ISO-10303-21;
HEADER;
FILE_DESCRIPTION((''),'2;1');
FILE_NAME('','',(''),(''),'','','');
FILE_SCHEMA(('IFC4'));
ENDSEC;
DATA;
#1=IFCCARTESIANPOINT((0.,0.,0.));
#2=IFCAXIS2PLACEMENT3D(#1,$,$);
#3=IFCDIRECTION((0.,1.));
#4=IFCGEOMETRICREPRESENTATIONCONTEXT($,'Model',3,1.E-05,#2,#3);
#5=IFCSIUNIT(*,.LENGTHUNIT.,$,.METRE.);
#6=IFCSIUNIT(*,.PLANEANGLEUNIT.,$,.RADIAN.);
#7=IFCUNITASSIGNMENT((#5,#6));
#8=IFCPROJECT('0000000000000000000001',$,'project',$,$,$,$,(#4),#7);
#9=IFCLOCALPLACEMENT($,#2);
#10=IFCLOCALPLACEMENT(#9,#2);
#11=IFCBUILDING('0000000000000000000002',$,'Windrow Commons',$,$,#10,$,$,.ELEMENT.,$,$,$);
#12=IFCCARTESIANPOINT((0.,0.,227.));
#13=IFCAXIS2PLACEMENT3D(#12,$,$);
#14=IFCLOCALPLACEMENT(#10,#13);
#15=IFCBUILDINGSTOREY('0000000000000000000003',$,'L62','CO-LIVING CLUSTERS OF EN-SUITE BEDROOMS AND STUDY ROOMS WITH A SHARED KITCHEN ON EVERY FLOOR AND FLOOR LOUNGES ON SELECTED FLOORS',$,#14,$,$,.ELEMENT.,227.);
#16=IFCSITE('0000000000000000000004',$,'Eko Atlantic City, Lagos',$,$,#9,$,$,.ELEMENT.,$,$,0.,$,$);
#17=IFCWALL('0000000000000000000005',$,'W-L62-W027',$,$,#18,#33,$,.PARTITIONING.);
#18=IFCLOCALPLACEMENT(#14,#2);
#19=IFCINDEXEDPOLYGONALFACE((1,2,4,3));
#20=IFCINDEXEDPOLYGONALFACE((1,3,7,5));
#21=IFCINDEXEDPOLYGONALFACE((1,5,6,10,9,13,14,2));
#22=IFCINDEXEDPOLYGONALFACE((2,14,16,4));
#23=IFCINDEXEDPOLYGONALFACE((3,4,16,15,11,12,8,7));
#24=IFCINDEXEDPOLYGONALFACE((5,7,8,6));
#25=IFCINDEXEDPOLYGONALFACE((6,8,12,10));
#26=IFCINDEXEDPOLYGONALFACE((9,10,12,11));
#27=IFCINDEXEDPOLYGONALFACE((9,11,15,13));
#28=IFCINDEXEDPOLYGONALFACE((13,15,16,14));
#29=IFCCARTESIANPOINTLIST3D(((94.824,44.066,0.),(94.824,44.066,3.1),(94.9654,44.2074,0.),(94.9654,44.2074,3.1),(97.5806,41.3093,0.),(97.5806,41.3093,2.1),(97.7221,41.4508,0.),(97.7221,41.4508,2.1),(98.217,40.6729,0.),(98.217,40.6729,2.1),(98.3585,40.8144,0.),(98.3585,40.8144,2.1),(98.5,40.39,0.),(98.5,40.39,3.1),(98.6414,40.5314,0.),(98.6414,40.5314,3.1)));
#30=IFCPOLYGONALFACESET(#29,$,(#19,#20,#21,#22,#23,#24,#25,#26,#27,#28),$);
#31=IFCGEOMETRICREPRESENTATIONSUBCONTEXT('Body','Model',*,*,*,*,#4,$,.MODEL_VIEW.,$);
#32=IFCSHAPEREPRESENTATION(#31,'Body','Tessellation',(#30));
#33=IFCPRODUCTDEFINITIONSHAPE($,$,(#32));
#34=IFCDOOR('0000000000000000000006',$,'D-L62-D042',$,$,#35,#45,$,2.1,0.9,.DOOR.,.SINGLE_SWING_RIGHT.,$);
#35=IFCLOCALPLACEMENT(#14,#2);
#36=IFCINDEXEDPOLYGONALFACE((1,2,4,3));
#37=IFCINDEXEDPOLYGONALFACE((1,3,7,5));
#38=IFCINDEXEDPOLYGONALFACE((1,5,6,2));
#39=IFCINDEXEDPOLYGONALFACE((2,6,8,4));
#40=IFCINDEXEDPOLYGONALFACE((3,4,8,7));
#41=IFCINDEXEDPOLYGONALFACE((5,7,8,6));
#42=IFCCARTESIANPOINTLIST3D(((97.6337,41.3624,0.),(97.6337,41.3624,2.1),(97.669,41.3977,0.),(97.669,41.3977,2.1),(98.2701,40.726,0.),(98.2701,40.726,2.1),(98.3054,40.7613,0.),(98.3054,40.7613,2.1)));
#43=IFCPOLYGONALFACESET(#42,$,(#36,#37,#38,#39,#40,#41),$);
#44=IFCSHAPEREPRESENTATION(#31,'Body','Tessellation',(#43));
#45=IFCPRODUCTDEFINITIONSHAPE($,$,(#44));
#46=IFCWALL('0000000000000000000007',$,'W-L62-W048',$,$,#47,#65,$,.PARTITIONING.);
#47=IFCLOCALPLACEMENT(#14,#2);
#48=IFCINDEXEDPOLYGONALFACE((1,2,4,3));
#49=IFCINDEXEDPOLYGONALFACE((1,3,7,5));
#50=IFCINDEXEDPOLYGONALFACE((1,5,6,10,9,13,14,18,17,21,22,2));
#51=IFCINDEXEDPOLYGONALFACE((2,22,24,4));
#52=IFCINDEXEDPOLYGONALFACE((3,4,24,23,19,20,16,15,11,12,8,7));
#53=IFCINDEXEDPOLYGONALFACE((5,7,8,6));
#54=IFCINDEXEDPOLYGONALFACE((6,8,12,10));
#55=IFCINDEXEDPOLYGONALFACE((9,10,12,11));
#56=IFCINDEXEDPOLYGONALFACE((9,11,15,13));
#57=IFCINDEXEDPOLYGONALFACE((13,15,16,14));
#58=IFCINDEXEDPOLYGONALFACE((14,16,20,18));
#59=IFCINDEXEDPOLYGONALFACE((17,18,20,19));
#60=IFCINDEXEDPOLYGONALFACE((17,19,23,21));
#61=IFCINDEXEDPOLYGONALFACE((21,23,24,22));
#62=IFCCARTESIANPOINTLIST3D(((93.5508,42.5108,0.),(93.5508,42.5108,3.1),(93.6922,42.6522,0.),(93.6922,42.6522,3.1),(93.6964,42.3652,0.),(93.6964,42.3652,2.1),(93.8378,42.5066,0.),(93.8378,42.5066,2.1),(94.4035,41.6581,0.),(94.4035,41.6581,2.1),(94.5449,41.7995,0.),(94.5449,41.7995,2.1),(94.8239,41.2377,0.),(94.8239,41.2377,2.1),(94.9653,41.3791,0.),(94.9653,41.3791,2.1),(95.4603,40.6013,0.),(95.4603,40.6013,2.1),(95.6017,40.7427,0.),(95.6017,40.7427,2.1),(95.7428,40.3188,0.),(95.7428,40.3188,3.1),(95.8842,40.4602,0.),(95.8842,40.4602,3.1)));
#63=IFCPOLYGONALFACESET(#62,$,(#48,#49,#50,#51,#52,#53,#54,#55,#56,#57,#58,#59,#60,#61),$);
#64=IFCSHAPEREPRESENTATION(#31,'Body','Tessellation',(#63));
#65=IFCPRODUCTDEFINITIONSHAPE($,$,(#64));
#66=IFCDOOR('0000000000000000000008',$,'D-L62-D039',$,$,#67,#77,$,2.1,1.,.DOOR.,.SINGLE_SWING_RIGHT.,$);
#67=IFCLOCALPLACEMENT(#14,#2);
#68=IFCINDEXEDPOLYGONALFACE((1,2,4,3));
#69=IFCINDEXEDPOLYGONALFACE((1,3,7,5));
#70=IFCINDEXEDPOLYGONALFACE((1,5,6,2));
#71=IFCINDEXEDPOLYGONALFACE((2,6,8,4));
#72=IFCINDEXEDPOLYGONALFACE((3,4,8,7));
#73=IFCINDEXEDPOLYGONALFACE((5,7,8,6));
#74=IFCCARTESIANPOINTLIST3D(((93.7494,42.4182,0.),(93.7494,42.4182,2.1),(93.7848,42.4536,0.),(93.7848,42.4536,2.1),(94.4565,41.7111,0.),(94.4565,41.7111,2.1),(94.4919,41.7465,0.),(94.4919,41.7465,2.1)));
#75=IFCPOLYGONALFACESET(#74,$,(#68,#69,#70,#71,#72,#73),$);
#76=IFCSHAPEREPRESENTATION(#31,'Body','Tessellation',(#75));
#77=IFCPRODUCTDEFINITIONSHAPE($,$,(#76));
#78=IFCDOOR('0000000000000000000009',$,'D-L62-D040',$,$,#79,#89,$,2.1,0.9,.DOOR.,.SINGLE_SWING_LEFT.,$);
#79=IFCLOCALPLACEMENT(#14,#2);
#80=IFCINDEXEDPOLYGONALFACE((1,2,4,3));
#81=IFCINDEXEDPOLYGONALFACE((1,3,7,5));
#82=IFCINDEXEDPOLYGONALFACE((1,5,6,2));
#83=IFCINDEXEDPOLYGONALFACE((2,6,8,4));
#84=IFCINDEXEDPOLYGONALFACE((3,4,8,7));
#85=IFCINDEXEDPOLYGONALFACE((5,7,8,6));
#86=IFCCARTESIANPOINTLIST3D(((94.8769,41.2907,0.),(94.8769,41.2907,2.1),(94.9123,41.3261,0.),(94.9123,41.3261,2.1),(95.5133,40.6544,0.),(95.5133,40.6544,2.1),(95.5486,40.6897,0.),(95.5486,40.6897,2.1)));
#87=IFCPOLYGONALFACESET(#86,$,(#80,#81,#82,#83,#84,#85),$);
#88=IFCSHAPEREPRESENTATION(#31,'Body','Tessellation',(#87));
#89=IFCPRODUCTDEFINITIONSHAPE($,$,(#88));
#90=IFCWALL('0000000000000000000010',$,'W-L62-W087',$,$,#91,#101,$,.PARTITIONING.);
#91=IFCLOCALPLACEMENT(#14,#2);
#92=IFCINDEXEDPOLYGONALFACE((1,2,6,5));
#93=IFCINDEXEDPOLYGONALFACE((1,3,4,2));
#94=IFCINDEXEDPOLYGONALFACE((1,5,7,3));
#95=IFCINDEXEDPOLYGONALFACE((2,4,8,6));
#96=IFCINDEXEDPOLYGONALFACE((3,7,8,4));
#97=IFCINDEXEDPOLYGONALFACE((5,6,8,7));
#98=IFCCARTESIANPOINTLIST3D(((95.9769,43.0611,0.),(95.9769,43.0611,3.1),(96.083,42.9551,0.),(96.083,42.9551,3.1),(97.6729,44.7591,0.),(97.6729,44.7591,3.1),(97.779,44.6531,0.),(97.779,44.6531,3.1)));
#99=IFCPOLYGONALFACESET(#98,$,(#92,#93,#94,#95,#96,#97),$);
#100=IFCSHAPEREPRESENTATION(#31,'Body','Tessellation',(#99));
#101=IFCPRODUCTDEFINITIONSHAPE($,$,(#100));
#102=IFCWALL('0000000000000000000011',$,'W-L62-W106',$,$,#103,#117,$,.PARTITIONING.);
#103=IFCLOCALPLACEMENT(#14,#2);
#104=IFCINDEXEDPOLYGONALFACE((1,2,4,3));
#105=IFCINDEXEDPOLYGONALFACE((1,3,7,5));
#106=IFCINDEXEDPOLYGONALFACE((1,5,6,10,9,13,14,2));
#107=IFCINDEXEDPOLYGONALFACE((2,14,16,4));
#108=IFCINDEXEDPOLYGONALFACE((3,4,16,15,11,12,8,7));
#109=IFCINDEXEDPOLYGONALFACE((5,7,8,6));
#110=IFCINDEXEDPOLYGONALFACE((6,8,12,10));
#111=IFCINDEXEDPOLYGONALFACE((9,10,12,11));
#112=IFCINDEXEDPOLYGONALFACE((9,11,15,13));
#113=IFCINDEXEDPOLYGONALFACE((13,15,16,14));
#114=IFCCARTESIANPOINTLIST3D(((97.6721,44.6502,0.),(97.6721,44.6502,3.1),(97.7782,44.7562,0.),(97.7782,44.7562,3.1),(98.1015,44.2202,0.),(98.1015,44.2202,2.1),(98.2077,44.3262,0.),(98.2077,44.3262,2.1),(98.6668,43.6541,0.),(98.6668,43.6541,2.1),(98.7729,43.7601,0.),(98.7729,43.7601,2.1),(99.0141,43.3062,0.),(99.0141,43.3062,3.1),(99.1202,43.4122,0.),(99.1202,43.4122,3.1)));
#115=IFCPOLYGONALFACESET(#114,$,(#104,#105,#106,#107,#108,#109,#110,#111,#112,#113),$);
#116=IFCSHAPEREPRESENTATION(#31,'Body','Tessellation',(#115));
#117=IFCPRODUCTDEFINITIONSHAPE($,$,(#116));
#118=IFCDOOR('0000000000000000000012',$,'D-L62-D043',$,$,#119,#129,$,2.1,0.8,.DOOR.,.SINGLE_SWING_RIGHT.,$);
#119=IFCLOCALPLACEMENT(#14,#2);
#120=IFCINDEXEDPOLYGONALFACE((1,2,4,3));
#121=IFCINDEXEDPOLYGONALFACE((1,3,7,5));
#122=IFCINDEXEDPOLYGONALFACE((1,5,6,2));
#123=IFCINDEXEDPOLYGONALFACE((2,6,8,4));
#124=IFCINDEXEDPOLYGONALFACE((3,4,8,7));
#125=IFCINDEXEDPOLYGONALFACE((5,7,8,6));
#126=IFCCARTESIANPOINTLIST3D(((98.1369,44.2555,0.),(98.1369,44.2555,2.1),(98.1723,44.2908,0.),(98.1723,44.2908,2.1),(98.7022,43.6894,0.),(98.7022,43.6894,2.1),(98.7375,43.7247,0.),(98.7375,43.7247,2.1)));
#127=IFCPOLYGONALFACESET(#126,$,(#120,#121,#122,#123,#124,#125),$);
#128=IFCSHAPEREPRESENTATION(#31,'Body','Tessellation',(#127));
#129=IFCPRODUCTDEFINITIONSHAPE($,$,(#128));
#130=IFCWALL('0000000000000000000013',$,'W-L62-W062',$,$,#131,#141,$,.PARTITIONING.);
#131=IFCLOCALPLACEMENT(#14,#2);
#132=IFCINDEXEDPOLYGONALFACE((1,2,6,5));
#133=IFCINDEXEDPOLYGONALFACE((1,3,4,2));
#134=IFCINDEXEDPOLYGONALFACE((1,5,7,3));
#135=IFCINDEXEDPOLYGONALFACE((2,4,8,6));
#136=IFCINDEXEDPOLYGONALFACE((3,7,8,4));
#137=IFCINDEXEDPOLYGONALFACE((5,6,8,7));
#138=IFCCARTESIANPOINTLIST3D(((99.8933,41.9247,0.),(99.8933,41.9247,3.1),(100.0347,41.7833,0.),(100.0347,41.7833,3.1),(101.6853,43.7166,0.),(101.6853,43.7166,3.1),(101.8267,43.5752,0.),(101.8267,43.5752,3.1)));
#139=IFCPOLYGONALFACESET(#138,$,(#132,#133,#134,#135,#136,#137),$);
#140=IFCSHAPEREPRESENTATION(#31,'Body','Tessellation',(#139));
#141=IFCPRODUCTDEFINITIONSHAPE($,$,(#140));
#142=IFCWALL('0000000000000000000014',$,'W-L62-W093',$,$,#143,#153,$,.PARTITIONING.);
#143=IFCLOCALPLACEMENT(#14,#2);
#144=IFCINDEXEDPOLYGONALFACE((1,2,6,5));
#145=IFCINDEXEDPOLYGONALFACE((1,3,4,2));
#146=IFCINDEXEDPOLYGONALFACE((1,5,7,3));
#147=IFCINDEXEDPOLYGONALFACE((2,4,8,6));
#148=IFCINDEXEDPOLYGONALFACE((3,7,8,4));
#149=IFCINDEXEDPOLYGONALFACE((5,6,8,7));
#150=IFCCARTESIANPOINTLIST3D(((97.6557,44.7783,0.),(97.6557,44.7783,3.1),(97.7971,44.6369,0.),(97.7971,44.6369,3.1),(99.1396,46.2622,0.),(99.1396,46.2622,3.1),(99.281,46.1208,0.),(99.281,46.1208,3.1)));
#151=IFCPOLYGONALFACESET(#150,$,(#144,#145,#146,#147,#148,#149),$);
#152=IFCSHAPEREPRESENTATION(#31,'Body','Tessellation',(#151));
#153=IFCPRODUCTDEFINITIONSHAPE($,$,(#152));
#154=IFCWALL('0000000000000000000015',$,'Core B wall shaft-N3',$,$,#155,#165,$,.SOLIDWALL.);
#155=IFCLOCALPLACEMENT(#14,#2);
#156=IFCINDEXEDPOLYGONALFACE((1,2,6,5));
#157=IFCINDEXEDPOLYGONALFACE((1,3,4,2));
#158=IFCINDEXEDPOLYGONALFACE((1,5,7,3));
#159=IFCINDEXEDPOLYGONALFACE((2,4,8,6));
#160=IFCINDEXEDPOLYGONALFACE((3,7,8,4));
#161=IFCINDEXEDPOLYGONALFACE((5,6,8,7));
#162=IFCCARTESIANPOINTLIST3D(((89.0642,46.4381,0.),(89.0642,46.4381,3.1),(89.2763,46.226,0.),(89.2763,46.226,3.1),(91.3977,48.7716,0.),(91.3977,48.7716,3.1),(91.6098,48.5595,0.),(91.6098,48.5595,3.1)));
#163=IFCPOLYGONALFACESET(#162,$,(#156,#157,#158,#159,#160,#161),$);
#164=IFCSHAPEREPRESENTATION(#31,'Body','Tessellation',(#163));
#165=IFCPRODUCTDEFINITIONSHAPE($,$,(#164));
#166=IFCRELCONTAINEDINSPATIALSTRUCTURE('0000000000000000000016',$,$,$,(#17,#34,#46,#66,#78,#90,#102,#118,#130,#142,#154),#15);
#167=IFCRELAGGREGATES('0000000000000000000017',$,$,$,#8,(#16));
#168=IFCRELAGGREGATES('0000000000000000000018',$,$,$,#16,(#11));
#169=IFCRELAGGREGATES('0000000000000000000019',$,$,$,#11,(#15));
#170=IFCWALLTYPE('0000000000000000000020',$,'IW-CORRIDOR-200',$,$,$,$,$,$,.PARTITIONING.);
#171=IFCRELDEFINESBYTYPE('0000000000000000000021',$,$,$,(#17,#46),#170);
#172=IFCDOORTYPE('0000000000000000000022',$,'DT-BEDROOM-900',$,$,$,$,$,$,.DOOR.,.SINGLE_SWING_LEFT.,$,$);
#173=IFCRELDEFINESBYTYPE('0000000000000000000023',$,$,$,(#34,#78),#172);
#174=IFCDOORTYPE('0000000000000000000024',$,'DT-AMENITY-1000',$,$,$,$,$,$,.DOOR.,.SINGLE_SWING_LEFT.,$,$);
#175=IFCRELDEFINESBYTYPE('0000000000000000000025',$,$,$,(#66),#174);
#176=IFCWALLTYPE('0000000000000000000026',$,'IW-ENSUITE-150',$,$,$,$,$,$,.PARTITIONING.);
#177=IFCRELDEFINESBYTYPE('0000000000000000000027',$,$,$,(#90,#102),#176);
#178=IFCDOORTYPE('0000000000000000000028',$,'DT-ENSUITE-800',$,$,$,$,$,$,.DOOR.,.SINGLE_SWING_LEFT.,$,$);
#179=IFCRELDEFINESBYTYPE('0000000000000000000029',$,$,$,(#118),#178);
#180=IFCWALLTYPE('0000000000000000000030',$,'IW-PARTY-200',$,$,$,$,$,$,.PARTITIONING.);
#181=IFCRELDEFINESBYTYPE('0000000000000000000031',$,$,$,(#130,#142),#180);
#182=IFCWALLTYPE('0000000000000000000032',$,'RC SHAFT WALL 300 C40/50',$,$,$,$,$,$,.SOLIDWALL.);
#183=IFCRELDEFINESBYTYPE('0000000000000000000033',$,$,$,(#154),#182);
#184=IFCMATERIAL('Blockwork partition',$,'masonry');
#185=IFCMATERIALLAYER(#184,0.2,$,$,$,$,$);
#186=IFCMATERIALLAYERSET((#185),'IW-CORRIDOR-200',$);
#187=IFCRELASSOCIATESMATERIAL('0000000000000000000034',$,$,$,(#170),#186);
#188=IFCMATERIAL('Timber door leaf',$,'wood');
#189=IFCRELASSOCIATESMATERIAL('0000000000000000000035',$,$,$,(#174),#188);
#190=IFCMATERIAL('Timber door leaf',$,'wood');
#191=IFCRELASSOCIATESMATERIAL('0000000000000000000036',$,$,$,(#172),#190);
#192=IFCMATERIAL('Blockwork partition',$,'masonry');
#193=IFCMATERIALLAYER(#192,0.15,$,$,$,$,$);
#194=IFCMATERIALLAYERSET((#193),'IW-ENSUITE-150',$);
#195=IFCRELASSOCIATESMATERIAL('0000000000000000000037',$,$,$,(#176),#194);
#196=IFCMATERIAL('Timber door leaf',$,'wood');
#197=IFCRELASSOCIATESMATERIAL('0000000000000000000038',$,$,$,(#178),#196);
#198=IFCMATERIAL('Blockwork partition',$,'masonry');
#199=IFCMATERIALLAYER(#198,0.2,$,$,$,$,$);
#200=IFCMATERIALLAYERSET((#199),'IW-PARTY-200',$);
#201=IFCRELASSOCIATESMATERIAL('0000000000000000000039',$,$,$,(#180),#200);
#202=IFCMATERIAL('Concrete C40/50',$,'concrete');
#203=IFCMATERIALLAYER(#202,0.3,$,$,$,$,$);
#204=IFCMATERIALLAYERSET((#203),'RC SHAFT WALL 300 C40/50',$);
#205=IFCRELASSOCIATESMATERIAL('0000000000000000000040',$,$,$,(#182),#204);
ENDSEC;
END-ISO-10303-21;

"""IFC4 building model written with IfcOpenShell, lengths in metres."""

from ifc_helpers import new_model, si_unit, direction, frame, frame_2d, origin, place, context, subcontext, project, spatial, rectangle, extrude, material, layer, layer_set, type_object, element, fill, save


model = new_model("IFC4")

# Units and contexts
model_context = context("Model", 3, precision=1e-05, world=origin(), true_north=direction((0.0, 1.0)))
body_context = subcontext(model_context, "Body", "Model", "MODEL_VIEW")
ifc_project = project(units=[si_unit("LENGTHUNIT", "METRE"), si_unit("PLANEANGLEUNIT", "RADIAN")], contexts=[model_context])

# Site, building, storey
site_placement = place(None, origin())
site = spatial("IfcSite", under=ifc_project, at=site_placement, Name="Eko Atlantic City, Lagos", CompositionType="ELEMENT", RefElevation=0.0)
building_placement = place(site_placement, origin())
building = spatial("IfcBuilding", under=site, at=building_placement, Name="Windrow Commons", CompositionType="ELEMENT")
storey_placement = place(building_placement, frame((0.0, 0.0, 227.0)))
storey = spatial("IfcBuildingStorey", under=building, at=storey_placement, Name="L62", Description="CO-LIVING CLUSTERS OF EN-SUITE BEDROOMS AND STUDY ROOMS WITH A SHARED KITCHEN ON EVERY FLOOR AND FLOOR LOUNGES ON SELECTED FLOORS", CompositionType="ELEMENT", Elevation=227.0)

# Wall, opening, door
ifc_material_1 = material(Name="Blockwork partition", Category="masonry")
ifc_layer_1 = layer(ifc_material_1, 0.2)
ifc_layer_set_1 = layer_set([ifc_layer_1], Name="IW-CORRIDOR-200")
wall_type_1 = type_object("IfcWallType", Name="IW-CORRIDOR-200", PredefinedType="PARTITIONING", material=ifc_layer_set_1)
ifc_material_2 = material(Name="Timber door leaf", Category="wood")
door_type_1 = type_object("IfcDoorType", Name="DT-AMENITY-1000", OperationType="SINGLE_SWING_LEFT", PredefinedType="DOOR", material=ifc_material_2)
wall_1_placement = place(storey_placement, frame((94.8947, 44.1367, 0.0), z_axis=(0.0, 0.0, 1.0), x_axis=(0.707107, -0.707107, 0.0)))
wall_1 = element("IfcWall", 1, at=wall_1_placement, inside=storey, type_object=wall_type_1, Name="W-L62-W027", PredefinedType="PARTITIONING", context=body_context, shape_type="SweptSolid", body=[
    extrude(rectangle(XDim=5.1986, YDim=0.2, at=frame_2d((2.5993, 0.0))), origin(), (0.0, 0.0, 1.0), 3.1),
])
opening_1_placement = place(wall_1_placement, frame((3.8985, 0.0, 0.0)))
opening_1 = element("IfcOpeningElement", 2, at=opening_1_placement, cuts=wall_1, PredefinedType="OPENING", context=body_context, shape_type="SweptSolid", body=[
    extrude(rectangle(XDim=0.9, YDim=2.1, at=frame_2d((0.45, 1.05))), frame((0.0, 0.11, 0.0), z_axis=(0.0, -1.0, 0.0), x_axis=(1.0, 0.0, 0.0)), (0.0, 0.0, 1.0), 0.22),
])
ifc_material_3 = material(Name="Timber door leaf", Category="wood")
door_type_2 = type_object("IfcDoorType", Name="DT-BEDROOM-900", OperationType="SINGLE_SWING_LEFT", PredefinedType="DOOR", material=ifc_material_3)
door_1_placement = place(opening_1_placement, origin())
door_1 = element("IfcDoor", 3, at=door_1_placement, inside=storey, type_object=door_type_2, Name="D-L62-D042", OperationType="SINGLE_SWING_RIGHT", OverallHeight=2.1, OverallWidth=0.9, PredefinedType="DOOR", context=body_context, shape_type="SweptSolid", body=[
    extrude(rectangle(XDim=0.9, YDim=2.1, at=frame_2d((0.45, 1.05))), frame((0.0, 0.025, 0.0), z_axis=(0.0, -1.0, 0.0), x_axis=(1.0, 0.0, 0.0)), (0.0, 0.0, 1.0), 0.05),
])
fill(opening_1, door_1)

# Wall, openings, doors
wall_2_placement = place(storey_placement, frame((93.6215, 42.5815, 0.0), z_axis=(0.0, 0.0, 1.0), x_axis=(0.707107, -0.707107, 0.0)))
wall_2 = element("IfcWall", 4, at=wall_2_placement, inside=storey, type_object=wall_type_1, Name="W-L62-W048", PredefinedType="PARTITIONING", context=body_context, shape_type="SweptSolid", body=[
    extrude(rectangle(XDim=3.1, YDim=0.2, at=frame_2d((1.55, 0.0))), origin(), (0.0, 0.0, 1.0), 3.1),
])
opening_2_placement = place(wall_2_placement, frame((0.2059, 0.0, 0.0)))
opening_2 = element("IfcOpeningElement", 5, at=opening_2_placement, cuts=wall_2, PredefinedType="OPENING", context=body_context, shape_type="SweptSolid", body=[
    extrude(rectangle(XDim=1.0, YDim=2.1, at=frame_2d((0.5, 1.05))), frame((0.0, 0.11, 0.0), z_axis=(0.0, -1.0, 0.0), x_axis=(1.0, 0.0, 0.0)), (0.0, 0.0, 1.0), 0.22),
])
opening_3_placement = place(wall_2_placement, frame((1.8004, 0.0, 0.0)))
opening_3 = element("IfcOpeningElement", 6, at=opening_3_placement, cuts=wall_2, PredefinedType="OPENING", context=body_context, shape_type="SweptSolid", body=[
    extrude(rectangle(XDim=0.9, YDim=2.1, at=frame_2d((0.45, 1.05))), frame((0.0, 0.11, 0.0), z_axis=(0.0, -1.0, 0.0), x_axis=(1.0, 0.0, 0.0)), (0.0, 0.0, 1.0), 0.22),
])
door_2_placement = place(opening_2_placement, origin())
door_2 = element("IfcDoor", 7, at=door_2_placement, inside=storey, type_object=door_type_1, Name="D-L62-D039", OperationType="SINGLE_SWING_RIGHT", OverallHeight=2.1, OverallWidth=1.0, PredefinedType="DOOR", context=body_context, shape_type="SweptSolid", body=[
    extrude(rectangle(XDim=1.0, YDim=2.1, at=frame_2d((0.5, 1.05))), frame((0.0, 0.025, 0.0), z_axis=(0.0, -1.0, 0.0), x_axis=(1.0, 0.0, 0.0)), (0.0, 0.0, 1.0), 0.05),
])
fill(opening_2, door_2)
door_3_placement = place(opening_3_placement, origin())
door_3 = element("IfcDoor", 8, at=door_3_placement, inside=storey, type_object=door_type_2, Name="D-L62-D040", OperationType="SINGLE_SWING_LEFT", OverallHeight=2.1, OverallWidth=0.9, PredefinedType="DOOR", context=body_context, shape_type="SweptSolid", body=[
    extrude(rectangle(XDim=0.9, YDim=2.1, at=frame_2d((0.45, 1.05))), frame((0.0, 0.025, 0.0), z_axis=(0.0, -1.0, 0.0), x_axis=(1.0, 0.0, 0.0)), (0.0, 0.0, 1.0), 0.05),
])
fill(opening_3, door_3)

# Wall
ifc_material_4 = material(Name="Blockwork partition", Category="masonry")
ifc_layer_2 = layer(ifc_material_4, 0.15)
ifc_layer_set_2 = layer_set([ifc_layer_2], Name="IW-ENSUITE-150")
wall_type_2 = type_object("IfcWallType", Name="IW-ENSUITE-150", PredefinedType="PARTITIONING", material=ifc_layer_set_2)
wall_3_placement = place(storey_placement, frame((96.0299, 43.0081, 0.0), z_axis=(0.0, 0.0, 1.0), x_axis=(0.70669, 0.707523, 0.0)))
element("IfcWall", 9, at=wall_3_placement, inside=storey, type_object=wall_type_2, Name="W-L62-W087", PredefinedType="PARTITIONING", context=body_context, shape_type="SweptSolid", body=[
    extrude(rectangle(XDim=2.3999, YDim=0.15, at=frame_2d((1.2, 0.0))), origin(), (0.0, 0.0, 1.0), 3.1),
])

# Wall, opening, door
wall_4_placement = place(storey_placement, frame((97.7252, 44.7032, 0.0), z_axis=(0.0, 0.0, 1.0), x_axis=(0.70658, -0.707633, 0.0)))
wall_4 = element("IfcWall", 10, at=wall_4_placement, inside=storey, type_object=wall_type_2, Name="W-L62-W106", PredefinedType="PARTITIONING", context=body_context, shape_type="SweptSolid", body=[
    extrude(rectangle(XDim=1.8993, YDim=0.15, at=frame_2d((0.9496, 0.0))), origin(), (0.0, 0.0, 1.0), 3.1),
])
opening_4_placement = place(wall_4_placement, frame((0.6077, 0.0, 0.0)))
opening_4 = element("IfcOpeningElement", 11, at=opening_4_placement, cuts=wall_4, PredefinedType="OPENING", context=body_context, shape_type="SweptSolid", body=[
    extrude(rectangle(XDim=0.8, YDim=2.1, at=frame_2d((0.4, 1.05))), frame((0.0, 0.085, 0.0), z_axis=(0.0, -1.0, 0.0), x_axis=(1.0, 0.0, 0.0)), (0.0, 0.0, 1.0), 0.17),
])
ifc_material_5 = material(Name="Timber door leaf", Category="wood")
door_type_3 = type_object("IfcDoorType", Name="DT-ENSUITE-800", OperationType="SINGLE_SWING_LEFT", PredefinedType="DOOR", material=ifc_material_5)
door_4_placement = place(opening_4_placement, origin())
door_4 = element("IfcDoor", 12, at=door_4_placement, inside=storey, type_object=door_type_3, Name="D-L62-D043", OperationType="SINGLE_SWING_RIGHT", OverallHeight=2.1, OverallWidth=0.8, PredefinedType="DOOR", context=body_context, shape_type="SweptSolid", body=[
    extrude(rectangle(XDim=0.8, YDim=2.1, at=frame_2d((0.4, 1.05))), frame((0.0, 0.025, 0.0), z_axis=(0.0, -1.0, 0.0), x_axis=(1.0, 0.0, 0.0)), (0.0, 0.0, 1.0), 0.05),
])
fill(opening_4, door_4)

# Walls
ifc_material_6 = material(Name="Blockwork partition", Category="masonry")
ifc_layer_3 = layer(ifc_material_6, 0.2)
ifc_layer_set_3 = layer_set([ifc_layer_3], Name="IW-PARTY-200")
wall_type_3 = type_object("IfcWallType", Name="IW-PARTY-200", PredefinedType="PARTITIONING", material=ifc_layer_set_3)
wall_5_placement = place(storey_placement, frame((99.964, 41.854, 0.0), z_axis=(0.0, 0.0, 1.0), x_axis=(0.707127, 0.707087, 0.0)))
element("IfcWall", 13, at=wall_5_placement, inside=storey, type_object=wall_type_3, Name="W-L62-W062", PredefinedType="PARTITIONING", context=body_context, shape_type="SweptSolid", body=[
    extrude(rectangle(XDim=2.5341, YDim=0.2, at=frame_2d((1.2671, 0.0))), origin(), (0.0, 0.0, 1.0), 3.1),
])
wall_6_placement = place(storey_placement, frame((97.7264, 44.7076, 0.0), z_axis=(0.0, 0.0, 1.0), x_axis=(0.707107, 0.707107, 0.0)))
element("IfcWall", 14, at=wall_6_placement, inside=storey, type_object=wall_type_3, Name="W-L62-W093", PredefinedType="PARTITIONING", context=body_context, shape_type="SweptSolid", body=[
    extrude(rectangle(XDim=2.0986, YDim=0.2, at=frame_2d((1.0493, 0.0))), origin(), (0.0, 0.0, 1.0), 3.1),
])
ifc_material_7 = material(Name="Concrete C40/50", Category="concrete")
ifc_layer_4 = layer(ifc_material_7, 0.3)
ifc_layer_set_4 = layer_set([ifc_layer_4], Name="RC SHAFT WALL 300 C40/50")
wall_type_4 = type_object("IfcWallType", Name="RC SHAFT WALL 300 C40/50", PredefinedType="SOLIDWALL", material=ifc_layer_set_4)
wall_7_placement = place(storey_placement, frame((89.1702, 46.332, 0.0), z_axis=(0.0, 0.0, 1.0), x_axis=(0.707107, 0.707107, 0.0)))
element("IfcWall", 15, at=wall_7_placement, inside=storey, type_object=wall_type_4, Name="Core B wall shaft-N3", PredefinedType="SOLIDWALL", context=body_context, shape_type="SweptSolid", body=[
    extrude(rectangle(XDim=3.3001, YDim=0.3, at=frame_2d((1.6501, 0.0))), origin(), (0.0, 0.0, 1.0), 3.1),
])

save(model, "model.ifc")
